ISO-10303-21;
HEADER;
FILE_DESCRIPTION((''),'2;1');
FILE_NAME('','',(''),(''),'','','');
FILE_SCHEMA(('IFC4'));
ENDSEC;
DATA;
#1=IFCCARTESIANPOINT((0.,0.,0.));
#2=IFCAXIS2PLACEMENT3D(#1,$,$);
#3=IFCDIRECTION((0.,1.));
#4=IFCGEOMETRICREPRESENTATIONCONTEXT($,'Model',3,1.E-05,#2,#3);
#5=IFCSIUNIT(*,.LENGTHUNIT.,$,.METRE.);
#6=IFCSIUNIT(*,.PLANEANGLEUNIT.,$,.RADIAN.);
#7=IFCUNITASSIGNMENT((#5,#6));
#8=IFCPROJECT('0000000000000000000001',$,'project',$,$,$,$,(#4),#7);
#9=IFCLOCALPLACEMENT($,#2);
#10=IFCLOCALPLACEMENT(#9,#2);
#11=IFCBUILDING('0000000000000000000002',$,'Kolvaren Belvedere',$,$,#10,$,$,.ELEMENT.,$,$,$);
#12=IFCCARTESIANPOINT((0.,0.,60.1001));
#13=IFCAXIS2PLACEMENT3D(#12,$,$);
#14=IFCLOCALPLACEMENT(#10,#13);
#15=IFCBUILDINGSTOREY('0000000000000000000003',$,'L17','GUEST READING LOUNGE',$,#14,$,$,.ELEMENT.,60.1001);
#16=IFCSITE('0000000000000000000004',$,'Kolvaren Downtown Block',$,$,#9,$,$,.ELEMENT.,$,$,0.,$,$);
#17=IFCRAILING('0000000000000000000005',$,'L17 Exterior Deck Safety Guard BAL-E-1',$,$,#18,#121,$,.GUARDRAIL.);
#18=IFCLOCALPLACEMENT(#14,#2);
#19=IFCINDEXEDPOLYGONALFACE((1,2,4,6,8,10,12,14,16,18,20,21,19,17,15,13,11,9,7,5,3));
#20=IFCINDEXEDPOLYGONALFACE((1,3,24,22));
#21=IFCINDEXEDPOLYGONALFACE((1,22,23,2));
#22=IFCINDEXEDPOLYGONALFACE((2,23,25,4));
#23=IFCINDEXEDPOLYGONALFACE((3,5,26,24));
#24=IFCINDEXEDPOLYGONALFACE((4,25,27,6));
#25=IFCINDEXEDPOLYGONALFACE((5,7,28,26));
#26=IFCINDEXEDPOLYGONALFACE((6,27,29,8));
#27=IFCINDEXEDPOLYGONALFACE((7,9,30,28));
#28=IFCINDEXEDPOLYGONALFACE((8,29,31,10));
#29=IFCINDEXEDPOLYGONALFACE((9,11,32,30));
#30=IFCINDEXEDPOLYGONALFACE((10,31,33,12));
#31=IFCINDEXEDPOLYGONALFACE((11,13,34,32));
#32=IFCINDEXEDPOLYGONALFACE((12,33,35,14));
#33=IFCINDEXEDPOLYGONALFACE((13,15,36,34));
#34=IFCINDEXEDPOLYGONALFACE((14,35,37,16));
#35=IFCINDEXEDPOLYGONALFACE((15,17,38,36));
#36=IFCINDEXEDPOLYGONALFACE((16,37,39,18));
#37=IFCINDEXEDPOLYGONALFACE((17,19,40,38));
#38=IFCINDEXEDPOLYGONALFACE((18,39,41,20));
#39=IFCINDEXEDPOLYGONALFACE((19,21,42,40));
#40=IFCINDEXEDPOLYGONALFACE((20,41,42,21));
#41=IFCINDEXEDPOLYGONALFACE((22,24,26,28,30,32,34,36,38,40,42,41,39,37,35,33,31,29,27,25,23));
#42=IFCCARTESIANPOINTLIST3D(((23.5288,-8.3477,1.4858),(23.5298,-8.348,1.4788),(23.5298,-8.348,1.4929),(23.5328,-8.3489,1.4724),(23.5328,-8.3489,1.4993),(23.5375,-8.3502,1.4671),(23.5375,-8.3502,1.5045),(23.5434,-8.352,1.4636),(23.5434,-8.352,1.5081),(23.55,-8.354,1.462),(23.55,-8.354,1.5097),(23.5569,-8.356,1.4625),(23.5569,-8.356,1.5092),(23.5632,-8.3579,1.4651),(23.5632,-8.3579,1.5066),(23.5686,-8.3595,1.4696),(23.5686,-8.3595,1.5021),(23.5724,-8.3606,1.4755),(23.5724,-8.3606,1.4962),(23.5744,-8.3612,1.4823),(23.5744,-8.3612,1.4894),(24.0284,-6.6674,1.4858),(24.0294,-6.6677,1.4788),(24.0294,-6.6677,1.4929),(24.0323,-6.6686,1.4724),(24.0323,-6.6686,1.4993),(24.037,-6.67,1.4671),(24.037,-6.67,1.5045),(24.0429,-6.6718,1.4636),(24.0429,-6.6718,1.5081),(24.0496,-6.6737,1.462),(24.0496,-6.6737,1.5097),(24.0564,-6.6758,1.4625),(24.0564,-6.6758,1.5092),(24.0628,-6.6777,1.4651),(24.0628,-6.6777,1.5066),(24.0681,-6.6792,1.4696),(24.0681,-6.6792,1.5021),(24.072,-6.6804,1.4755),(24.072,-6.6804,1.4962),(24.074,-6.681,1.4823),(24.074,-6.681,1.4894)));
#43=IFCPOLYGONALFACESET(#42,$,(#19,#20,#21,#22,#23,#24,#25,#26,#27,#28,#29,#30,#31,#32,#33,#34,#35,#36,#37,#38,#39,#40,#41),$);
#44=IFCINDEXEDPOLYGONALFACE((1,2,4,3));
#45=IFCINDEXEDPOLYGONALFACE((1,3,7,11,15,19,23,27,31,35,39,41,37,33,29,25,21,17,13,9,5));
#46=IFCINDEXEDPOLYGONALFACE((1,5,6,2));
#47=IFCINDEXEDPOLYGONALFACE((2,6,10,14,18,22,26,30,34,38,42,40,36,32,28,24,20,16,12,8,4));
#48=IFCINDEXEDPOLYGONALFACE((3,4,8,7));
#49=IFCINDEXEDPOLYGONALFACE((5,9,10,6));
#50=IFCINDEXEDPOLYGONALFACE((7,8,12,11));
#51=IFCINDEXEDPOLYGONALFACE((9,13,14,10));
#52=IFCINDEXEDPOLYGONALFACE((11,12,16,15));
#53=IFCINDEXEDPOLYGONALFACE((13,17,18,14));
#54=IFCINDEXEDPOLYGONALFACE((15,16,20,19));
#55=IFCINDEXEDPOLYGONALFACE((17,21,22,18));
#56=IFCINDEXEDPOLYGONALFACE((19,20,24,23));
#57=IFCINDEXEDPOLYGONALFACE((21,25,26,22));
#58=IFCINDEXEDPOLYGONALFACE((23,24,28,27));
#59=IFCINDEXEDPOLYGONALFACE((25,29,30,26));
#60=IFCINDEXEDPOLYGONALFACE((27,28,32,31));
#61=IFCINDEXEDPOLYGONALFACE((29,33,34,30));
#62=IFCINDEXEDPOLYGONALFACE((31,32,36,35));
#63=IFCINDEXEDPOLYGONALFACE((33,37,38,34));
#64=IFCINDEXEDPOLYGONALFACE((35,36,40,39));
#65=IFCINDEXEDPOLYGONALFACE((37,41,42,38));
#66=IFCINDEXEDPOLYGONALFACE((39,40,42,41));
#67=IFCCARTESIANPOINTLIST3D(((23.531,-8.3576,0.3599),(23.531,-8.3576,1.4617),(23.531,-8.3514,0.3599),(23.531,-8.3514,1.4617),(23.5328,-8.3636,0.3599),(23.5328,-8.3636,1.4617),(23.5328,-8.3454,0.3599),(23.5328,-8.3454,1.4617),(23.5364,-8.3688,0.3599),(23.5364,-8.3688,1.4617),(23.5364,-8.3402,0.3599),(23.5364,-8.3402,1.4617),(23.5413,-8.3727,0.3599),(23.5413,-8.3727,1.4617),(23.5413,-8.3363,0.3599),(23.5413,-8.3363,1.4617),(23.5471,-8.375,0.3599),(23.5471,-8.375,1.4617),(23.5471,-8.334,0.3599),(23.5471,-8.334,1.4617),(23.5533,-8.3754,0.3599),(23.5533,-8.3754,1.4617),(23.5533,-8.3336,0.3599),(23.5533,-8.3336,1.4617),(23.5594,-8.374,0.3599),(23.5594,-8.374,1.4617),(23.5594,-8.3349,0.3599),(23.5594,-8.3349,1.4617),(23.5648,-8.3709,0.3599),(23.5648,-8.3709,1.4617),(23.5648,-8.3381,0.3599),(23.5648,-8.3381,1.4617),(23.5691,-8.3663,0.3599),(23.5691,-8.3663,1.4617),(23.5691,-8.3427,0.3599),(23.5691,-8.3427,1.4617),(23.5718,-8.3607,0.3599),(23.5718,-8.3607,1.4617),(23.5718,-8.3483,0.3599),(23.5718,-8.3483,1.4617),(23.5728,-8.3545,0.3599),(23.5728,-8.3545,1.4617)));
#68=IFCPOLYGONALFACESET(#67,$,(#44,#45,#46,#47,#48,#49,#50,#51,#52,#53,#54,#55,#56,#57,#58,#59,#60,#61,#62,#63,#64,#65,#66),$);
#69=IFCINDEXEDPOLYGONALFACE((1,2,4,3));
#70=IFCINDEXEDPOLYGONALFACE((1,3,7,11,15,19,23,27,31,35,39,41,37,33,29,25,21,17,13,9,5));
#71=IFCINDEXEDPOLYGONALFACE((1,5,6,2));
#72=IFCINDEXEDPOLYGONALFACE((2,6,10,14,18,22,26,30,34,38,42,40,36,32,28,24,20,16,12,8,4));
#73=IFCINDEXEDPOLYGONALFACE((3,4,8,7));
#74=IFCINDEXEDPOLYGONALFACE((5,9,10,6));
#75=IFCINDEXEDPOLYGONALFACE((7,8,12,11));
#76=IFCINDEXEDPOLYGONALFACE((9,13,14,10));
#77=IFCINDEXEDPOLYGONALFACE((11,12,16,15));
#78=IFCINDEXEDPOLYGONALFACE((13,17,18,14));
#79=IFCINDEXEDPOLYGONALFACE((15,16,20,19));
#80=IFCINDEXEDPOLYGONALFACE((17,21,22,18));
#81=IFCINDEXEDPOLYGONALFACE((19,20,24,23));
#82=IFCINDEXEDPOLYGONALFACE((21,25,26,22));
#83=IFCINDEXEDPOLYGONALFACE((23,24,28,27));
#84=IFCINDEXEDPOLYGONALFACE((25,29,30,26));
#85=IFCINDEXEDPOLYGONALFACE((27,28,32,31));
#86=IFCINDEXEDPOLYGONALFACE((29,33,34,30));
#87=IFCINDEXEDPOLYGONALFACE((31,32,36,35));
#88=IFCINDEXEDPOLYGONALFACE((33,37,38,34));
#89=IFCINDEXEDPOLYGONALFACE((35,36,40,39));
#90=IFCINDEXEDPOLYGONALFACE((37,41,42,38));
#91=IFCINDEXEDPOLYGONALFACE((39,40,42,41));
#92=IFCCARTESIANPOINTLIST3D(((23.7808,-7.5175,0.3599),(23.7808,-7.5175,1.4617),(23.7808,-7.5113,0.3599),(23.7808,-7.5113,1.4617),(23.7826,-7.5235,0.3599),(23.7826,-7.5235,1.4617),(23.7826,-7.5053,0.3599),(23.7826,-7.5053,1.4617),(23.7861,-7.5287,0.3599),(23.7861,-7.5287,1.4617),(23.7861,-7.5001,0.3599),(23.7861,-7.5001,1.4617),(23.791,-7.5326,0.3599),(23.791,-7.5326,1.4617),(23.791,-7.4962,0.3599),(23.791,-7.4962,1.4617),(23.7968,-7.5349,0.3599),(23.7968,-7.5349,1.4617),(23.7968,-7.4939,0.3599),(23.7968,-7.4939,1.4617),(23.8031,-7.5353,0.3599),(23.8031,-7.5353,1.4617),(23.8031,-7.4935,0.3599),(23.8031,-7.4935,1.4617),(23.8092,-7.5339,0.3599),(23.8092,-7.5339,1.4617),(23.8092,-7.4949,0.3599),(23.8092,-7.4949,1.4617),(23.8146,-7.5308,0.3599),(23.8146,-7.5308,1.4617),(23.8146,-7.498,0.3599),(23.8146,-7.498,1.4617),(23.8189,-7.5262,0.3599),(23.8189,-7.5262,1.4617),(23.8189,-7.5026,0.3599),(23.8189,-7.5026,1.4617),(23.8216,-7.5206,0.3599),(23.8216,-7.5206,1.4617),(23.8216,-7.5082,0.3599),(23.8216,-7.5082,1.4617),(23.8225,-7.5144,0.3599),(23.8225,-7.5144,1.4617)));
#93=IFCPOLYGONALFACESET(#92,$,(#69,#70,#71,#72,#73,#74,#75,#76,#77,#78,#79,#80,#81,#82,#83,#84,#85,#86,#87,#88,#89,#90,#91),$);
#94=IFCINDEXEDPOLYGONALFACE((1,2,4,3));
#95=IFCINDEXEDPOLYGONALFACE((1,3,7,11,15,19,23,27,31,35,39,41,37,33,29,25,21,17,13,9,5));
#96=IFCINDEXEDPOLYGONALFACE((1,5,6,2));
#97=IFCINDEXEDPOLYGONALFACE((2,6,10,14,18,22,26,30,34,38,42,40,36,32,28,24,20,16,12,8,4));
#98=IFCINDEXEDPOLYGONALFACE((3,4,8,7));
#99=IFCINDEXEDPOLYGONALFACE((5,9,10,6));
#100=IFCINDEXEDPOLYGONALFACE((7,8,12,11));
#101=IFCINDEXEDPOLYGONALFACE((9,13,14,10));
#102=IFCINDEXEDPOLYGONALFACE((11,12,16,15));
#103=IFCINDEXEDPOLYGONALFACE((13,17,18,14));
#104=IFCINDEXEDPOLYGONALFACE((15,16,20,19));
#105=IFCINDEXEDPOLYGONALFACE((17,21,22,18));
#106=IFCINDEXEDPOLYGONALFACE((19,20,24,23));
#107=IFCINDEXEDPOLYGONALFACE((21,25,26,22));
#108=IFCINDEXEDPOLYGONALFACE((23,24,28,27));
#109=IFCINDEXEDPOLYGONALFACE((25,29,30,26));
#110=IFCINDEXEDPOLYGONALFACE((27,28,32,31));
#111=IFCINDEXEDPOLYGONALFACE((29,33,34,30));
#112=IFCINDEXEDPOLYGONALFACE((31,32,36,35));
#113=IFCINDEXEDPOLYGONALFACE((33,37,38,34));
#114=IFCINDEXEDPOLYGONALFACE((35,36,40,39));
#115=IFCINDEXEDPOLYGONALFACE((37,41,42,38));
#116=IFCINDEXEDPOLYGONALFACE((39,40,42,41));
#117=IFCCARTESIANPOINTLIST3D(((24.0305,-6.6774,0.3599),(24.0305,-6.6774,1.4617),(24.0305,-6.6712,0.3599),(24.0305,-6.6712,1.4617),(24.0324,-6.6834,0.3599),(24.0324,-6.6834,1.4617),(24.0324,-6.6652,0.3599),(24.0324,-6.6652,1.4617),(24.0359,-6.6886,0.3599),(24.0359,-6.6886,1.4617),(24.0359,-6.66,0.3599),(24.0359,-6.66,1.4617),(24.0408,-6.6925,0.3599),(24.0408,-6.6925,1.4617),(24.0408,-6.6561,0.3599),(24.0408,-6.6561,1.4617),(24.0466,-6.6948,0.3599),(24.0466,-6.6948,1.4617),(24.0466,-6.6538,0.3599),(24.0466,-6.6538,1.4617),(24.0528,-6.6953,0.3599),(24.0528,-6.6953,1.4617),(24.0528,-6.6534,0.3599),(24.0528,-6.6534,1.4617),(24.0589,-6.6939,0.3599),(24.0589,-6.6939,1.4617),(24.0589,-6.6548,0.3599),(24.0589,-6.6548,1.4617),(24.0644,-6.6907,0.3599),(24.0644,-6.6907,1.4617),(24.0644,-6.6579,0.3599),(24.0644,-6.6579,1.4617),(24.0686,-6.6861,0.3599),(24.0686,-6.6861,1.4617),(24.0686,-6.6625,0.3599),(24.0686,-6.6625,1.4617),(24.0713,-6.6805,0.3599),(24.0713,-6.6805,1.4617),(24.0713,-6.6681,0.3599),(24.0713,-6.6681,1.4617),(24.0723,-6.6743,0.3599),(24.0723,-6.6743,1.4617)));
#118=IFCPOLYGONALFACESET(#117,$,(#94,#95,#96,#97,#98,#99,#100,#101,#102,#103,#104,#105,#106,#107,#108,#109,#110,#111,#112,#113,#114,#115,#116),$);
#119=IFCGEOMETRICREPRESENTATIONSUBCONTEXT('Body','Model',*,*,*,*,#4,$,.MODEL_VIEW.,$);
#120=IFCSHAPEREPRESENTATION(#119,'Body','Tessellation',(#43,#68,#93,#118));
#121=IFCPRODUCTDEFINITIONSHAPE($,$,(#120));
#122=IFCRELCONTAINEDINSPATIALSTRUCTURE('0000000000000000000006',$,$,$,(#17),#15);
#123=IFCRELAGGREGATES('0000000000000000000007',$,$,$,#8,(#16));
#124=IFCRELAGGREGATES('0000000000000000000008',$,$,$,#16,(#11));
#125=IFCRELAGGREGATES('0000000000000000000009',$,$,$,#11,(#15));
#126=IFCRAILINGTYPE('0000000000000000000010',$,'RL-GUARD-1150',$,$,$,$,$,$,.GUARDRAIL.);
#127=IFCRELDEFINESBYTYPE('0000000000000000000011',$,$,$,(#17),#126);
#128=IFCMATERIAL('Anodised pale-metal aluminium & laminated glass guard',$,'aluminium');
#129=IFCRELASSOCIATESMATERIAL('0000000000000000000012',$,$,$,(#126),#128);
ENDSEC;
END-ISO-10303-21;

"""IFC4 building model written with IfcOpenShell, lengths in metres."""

from ifc_helpers import new_model, si_unit, direction, frame, origin, origin_2d, place, context, subcontext, project, spatial, circle, extrude, material, type_object, element, save


model = new_model("IFC4")

# Units and contexts
model_context = context("Model", 3, precision=1e-05, world=origin(), true_north=direction((0.0, 1.0)))
body_context = subcontext(model_context, "Body", "Model", "MODEL_VIEW")
ifc_project = project(units=[si_unit("LENGTHUNIT", "METRE"), si_unit("PLANEANGLEUNIT", "RADIAN")], contexts=[model_context])

# Site, building, storey
site_placement = place(None, origin())
site = spatial("IfcSite", under=ifc_project, at=site_placement, Name="Kolvaren Downtown Block", CompositionType="ELEMENT", RefElevation=0.0)
building_placement = place(site_placement, origin())
building = spatial("IfcBuilding", under=site, at=building_placement, Name="Kolvaren Belvedere", CompositionType="ELEMENT")
storey_placement = place(building_placement, frame((0.0, 0.0, 60.1001)))
storey = spatial("IfcBuildingStorey", under=building, at=storey_placement, Name="L17", Description="GUEST READING LOUNGE", CompositionType="ELEMENT", Elevation=60.1001)

# Railing
ifc_material_1 = material(Name="Anodised pale-metal aluminium & laminated glass guard", Category="aluminium")
railing_type = type_object("IfcRailingType", Name="RL-GUARD-1150", PredefinedType="GUARDRAIL", material=ifc_material_1)
railing_1_placement = place(storey_placement, frame((23.5518, -8.3545, 0.3599)))
element("IfcRailing", 1, at=railing_1_placement, inside=storey, type_object=railing_type, Name="L17 Exterior Deck Safety Guard BAL-E-1", PredefinedType="GUARDRAIL", context=body_context, shape_type="SweptSolid", body=[
    extrude(circle(Radius=0.0239, at=origin_2d()), frame((0.0, 0.0, 1.126), z_axis=(0.28497, 0.958536, 0.0), x_axis=(-0.958536, 0.28497, 0.0)), (0.0, 0.0, 1.0), 1.7529),
    extrude(circle(Radius=0.021, at=origin_2d()), origin(), (0.0, 0.0, 1.0), 1.1018),
    extrude(circle(Radius=0.021, at=origin_2d()), frame((0.2498, 0.8401, 0.0)), (0.0, 0.0, 1.0), 1.1018),
    extrude(circle(Radius=0.021, at=origin_2d()), frame((0.4995, 1.6802, 0.0)), (0.0, 0.0, 1.0), 1.1018),
])

save(model, "model.ifc")
